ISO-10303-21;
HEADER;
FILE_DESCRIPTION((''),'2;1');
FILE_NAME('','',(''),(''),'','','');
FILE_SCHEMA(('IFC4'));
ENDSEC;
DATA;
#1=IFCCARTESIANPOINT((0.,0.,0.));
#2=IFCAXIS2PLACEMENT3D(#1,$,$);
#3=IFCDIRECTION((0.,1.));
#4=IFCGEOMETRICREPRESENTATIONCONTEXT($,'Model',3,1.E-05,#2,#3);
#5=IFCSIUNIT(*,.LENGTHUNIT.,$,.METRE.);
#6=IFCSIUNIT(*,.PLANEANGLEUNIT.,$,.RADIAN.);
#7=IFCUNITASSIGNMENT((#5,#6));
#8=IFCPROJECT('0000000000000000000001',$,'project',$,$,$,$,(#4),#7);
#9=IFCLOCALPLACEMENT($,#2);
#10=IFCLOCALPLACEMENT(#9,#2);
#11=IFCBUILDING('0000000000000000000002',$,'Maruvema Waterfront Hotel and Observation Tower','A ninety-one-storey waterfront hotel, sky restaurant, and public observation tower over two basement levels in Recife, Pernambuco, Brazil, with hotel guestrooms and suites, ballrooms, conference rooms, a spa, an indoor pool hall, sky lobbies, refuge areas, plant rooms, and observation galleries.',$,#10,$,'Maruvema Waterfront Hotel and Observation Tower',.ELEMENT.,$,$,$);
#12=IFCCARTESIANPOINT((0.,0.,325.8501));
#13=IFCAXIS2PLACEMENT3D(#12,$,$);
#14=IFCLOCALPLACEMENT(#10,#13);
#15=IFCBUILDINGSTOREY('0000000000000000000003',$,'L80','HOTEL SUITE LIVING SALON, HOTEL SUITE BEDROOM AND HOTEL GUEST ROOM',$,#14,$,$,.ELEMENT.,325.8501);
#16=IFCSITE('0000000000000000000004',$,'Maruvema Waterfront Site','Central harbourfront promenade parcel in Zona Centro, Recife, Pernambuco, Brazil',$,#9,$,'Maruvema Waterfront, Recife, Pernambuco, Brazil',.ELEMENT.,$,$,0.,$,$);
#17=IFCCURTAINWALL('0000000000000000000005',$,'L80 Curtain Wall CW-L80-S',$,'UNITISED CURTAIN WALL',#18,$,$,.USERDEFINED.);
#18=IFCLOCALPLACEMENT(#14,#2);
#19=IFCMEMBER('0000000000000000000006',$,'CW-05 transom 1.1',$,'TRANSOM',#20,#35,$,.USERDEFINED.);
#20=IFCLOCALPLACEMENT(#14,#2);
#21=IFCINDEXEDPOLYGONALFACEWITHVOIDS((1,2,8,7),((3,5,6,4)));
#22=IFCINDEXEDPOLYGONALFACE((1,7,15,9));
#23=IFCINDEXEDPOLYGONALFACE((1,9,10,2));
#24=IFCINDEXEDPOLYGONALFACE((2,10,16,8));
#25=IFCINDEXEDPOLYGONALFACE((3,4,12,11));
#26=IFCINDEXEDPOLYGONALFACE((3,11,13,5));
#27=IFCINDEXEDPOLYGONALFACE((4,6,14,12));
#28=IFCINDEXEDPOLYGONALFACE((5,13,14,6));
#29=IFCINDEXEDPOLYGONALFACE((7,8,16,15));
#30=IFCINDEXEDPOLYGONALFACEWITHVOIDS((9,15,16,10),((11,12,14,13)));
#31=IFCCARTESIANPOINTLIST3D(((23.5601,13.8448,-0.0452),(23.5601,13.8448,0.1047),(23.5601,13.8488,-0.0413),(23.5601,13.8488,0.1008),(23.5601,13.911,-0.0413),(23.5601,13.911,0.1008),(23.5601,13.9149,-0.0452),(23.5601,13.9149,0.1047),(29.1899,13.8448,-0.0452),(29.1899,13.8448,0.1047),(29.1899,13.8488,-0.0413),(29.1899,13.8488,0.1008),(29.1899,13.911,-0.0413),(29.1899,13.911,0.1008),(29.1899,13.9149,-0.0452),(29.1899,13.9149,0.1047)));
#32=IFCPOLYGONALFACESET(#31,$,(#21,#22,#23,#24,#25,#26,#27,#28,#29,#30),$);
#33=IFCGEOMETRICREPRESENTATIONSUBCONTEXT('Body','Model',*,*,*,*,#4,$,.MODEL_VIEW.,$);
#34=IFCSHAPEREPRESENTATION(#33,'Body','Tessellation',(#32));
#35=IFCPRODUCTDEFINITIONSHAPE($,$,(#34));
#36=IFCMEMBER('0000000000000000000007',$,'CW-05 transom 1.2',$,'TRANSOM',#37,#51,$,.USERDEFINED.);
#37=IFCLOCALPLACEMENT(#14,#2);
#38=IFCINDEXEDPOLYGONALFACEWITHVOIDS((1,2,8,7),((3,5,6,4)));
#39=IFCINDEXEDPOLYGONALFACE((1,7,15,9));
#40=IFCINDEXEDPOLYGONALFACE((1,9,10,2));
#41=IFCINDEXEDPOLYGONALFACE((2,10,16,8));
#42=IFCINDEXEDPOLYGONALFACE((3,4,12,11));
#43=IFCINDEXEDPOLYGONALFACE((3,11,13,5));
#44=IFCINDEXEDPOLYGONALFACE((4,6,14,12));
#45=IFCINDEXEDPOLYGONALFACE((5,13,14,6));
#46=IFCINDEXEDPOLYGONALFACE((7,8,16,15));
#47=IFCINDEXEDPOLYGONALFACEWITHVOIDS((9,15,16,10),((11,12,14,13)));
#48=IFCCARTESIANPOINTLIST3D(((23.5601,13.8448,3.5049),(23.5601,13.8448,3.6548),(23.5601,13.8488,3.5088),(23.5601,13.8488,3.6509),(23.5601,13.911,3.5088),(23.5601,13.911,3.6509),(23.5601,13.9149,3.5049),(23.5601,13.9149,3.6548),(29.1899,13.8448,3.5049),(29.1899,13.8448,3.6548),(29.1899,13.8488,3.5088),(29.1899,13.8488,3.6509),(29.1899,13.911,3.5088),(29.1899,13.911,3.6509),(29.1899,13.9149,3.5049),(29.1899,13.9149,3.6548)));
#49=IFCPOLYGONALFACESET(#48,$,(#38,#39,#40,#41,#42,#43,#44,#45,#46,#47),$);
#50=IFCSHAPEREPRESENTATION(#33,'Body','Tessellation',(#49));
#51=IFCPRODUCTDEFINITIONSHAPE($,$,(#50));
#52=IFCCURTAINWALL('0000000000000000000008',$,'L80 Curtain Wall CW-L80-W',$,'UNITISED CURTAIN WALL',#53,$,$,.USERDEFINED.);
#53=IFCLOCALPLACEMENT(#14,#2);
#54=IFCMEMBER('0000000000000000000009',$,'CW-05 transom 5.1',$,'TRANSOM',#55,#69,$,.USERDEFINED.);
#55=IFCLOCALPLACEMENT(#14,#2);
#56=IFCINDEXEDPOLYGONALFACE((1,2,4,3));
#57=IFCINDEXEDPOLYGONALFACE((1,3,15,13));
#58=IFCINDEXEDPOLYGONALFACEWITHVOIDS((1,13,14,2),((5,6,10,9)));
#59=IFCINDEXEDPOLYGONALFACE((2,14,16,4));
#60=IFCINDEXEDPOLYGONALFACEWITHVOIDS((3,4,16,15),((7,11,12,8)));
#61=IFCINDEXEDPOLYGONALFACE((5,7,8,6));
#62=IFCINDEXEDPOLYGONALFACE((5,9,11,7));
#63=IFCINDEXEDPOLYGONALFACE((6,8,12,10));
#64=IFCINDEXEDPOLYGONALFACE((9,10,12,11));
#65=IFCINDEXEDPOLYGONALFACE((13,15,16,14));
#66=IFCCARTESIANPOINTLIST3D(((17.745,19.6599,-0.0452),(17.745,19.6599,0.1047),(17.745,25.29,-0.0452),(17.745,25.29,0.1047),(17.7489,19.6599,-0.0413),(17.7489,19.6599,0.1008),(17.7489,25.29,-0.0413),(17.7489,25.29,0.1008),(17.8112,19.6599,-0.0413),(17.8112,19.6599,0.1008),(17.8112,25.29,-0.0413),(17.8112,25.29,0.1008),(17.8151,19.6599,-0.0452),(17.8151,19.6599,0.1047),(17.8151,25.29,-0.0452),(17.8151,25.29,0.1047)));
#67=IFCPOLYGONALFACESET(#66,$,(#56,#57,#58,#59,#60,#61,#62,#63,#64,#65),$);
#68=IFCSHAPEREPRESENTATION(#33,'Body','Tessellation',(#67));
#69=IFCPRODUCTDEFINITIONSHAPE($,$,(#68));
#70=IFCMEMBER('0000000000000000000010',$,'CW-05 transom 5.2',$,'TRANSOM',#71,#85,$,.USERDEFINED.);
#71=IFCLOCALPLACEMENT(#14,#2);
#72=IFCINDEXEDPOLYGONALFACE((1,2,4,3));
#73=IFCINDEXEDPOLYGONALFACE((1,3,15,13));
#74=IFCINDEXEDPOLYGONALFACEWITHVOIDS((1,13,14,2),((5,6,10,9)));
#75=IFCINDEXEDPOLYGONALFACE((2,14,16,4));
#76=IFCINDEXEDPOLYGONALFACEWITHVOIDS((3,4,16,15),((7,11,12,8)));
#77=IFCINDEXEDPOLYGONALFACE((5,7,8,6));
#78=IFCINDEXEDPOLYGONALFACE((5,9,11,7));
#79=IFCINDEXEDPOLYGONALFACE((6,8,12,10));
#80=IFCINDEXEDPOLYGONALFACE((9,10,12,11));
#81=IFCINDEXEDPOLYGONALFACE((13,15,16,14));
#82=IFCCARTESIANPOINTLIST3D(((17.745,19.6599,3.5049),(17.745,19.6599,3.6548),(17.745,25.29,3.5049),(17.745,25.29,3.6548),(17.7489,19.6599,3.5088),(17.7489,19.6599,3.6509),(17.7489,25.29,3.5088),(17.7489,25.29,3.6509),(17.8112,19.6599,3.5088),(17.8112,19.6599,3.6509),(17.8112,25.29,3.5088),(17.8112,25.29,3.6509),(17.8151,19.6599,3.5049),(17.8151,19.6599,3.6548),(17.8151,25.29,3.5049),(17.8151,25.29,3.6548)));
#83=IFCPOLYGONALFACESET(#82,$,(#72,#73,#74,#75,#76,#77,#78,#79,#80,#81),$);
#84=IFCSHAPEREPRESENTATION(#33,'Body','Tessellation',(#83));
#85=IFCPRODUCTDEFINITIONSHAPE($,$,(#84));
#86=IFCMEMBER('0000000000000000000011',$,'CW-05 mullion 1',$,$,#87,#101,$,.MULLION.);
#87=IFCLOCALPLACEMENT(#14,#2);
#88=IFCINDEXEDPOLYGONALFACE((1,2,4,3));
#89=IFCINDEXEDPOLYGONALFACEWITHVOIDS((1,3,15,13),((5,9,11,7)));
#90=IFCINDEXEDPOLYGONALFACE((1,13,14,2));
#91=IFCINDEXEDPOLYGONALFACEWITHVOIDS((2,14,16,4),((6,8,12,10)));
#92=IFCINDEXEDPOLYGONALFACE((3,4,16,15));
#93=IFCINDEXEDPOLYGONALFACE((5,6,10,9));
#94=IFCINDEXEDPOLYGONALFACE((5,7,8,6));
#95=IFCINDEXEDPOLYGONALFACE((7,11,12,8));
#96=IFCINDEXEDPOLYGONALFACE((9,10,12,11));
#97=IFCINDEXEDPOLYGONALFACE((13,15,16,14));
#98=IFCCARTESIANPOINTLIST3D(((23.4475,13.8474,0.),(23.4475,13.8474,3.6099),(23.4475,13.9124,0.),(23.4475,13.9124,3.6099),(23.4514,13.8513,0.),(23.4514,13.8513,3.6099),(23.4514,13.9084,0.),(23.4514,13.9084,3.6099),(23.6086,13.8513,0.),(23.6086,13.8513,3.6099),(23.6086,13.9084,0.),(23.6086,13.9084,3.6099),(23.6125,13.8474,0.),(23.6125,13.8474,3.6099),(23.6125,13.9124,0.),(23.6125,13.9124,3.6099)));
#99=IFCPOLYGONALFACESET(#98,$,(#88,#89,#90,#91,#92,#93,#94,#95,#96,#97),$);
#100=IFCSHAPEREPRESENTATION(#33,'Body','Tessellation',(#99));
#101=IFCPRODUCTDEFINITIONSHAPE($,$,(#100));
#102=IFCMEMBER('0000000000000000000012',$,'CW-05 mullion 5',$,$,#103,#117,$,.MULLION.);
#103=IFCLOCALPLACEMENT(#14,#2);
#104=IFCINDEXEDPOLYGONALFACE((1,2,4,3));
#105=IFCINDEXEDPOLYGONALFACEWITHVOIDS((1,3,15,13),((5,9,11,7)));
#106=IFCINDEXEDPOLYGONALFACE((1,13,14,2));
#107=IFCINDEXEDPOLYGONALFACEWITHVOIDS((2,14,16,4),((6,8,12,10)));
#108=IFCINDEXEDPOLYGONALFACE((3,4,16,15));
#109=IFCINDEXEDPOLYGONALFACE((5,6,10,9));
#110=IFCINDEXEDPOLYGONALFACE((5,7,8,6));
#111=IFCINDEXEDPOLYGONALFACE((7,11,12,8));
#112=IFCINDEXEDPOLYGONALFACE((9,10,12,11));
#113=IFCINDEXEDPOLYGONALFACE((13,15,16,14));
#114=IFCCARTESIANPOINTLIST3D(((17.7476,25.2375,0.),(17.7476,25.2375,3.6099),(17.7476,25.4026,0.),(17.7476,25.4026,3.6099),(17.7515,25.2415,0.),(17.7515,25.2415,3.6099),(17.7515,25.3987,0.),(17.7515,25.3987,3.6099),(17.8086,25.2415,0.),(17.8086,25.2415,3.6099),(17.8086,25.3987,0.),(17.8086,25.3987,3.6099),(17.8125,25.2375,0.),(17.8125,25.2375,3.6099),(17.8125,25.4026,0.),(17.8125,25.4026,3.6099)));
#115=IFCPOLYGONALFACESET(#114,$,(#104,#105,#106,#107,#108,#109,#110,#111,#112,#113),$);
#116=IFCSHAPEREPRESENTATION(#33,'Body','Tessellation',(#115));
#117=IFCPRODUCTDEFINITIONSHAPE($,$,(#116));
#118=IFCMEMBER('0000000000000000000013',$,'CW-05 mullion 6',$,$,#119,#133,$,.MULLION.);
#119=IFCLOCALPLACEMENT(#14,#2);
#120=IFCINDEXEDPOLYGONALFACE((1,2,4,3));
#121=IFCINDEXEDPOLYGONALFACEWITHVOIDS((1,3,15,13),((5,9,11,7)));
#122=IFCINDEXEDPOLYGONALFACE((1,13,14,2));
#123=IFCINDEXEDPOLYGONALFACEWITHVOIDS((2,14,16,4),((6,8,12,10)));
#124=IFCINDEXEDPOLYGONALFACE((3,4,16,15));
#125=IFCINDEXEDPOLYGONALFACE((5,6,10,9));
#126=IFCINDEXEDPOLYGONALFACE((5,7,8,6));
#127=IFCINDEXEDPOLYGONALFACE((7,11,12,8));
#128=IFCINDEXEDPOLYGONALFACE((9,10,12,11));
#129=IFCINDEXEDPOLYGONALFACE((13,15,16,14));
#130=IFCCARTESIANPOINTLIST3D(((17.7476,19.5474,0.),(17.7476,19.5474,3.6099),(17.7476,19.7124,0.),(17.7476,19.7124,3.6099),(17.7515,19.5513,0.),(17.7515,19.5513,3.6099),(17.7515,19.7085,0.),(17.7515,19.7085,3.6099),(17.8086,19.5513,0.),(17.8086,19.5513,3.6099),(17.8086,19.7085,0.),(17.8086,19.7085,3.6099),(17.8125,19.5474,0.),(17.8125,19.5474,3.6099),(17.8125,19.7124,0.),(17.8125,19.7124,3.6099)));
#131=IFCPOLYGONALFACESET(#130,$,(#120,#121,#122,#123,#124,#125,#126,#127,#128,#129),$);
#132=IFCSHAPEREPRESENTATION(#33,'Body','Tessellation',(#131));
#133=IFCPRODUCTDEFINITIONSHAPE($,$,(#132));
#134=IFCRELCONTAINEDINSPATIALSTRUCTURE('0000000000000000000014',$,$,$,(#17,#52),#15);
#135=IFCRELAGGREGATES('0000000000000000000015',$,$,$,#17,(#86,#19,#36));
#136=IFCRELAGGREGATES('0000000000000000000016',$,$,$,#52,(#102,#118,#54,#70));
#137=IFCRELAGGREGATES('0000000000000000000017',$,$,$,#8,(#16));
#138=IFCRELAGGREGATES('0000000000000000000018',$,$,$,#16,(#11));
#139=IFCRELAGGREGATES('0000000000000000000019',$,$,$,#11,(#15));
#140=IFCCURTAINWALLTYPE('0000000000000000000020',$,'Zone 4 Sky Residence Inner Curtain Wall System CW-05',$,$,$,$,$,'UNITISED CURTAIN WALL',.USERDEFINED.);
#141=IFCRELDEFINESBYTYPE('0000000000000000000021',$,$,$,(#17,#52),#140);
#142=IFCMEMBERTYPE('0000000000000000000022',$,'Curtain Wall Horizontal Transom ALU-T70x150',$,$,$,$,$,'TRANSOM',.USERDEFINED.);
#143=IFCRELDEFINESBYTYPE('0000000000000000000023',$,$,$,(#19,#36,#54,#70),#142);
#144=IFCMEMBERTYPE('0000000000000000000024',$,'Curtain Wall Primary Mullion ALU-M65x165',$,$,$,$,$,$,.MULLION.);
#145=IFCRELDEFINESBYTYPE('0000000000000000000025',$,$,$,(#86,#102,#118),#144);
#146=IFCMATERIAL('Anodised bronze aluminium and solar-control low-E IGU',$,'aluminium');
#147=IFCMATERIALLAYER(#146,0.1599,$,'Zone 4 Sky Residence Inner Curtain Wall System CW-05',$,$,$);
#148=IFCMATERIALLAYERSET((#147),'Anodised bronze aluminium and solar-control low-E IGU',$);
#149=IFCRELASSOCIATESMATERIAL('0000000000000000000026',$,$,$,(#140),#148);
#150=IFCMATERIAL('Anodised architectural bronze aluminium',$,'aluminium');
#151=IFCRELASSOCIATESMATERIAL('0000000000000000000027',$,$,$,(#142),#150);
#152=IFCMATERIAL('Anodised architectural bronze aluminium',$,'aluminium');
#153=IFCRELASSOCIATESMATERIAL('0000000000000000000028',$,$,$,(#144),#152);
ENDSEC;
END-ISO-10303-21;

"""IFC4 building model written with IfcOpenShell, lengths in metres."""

from ifc_helpers import new_model, si_unit, direction, frame, origin, origin_2d, place, context, subcontext, project, spatial, hollow_rectangle, extrude, material, layer, layer_set, material_profile, profile_set, type_object, element, aggregate, save


model = new_model("IFC4")

# Units and contexts
model_context = context("Model", 3, precision=1e-05, world=origin(), true_north=direction((0.0, 1.0)))
body_context = subcontext(model_context, "Body", "Model", "MODEL_VIEW")
ifc_project = project(units=[si_unit("LENGTHUNIT", "METRE"), si_unit("PLANEANGLEUNIT", "RADIAN")], contexts=[model_context])

# Site, building, storey
site_placement = place(None, origin())
site = spatial("IfcSite", under=ifc_project, at=site_placement, Name="Maruvema Waterfront Site", Description="Central harbourfront promenade parcel in Zona Centro, Recife, Pernambuco, Brazil", LongName="Maruvema Waterfront, Recife, Pernambuco, Brazil", CompositionType="ELEMENT", RefElevation=0.0)
building_placement = place(site_placement, origin())
building = spatial("IfcBuilding", under=site, at=building_placement, Name="Maruvema Waterfront Hotel and Observation Tower", Description="A ninety-one-storey waterfront hotel, sky restaurant, and public observation tower over two basement levels in Recife, Pernambuco, Brazil, with hotel guestrooms and suites, ballrooms, conference rooms, a spa, an indoor pool hall, sky lobbies, refuge areas, plant rooms, and observation galleries.", LongName="Maruvema Waterfront Hotel and Observation Tower", CompositionType="ELEMENT")
storey_placement = place(building_placement, frame((0.0, 0.0, 325.8501)))
storey = spatial("IfcBuildingStorey", under=building, at=storey_placement, Name="L80", Description="HOTEL SUITE LIVING SALON, HOTEL SUITE BEDROOM AND HOTEL GUEST ROOM", CompositionType="ELEMENT", Elevation=325.8501)

# Curtain walls, members
ifc_material_1 = material(Name="Anodised bronze aluminium and solar-control low-E IGU", Category="aluminium")
ifc_layer_1 = layer(ifc_material_1, 0.1599, Name="Zone 4 Sky Residence Inner Curtain Wall System CW-05")
ifc_layer_set_1 = layer_set([ifc_layer_1], Name="Anodised bronze aluminium and solar-control low-E IGU")
curtain_wall_type = type_object("IfcCurtainWallType", Name="Zone 4 Sky Residence Inner Curtain Wall System CW-05", ElementType="UNITISED CURTAIN WALL", PredefinedType="USERDEFINED", material=ifc_layer_set_1)
curtain_wall_1_placement = place(storey_placement, origin())
curtain_wall_1 = element("IfcCurtainWall", 1, at=curtain_wall_1_placement, inside=storey, type_object=curtain_wall_type, Name="L80 Curtain Wall CW-L80-S", ObjectType="UNITISED CURTAIN WALL", PredefinedType="USERDEFINED")
ifc_material_2 = material(Name="Anodised architectural bronze aluminium", Category="aluminium")
ifc_material_profile_1 = material_profile(ifc_material_2, hollow_rectangle(XDim=0.0701, YDim=0.1499, WallThickness=0.0039, at=origin_2d()), Name="ALU-T70x150")
ifc_profile_set_1 = profile_set([ifc_material_profile_1], Name="Anodised architectural bronze aluminium")
member_type_1 = type_object("IfcMemberType", Name="Curtain Wall Horizontal Transom ALU-T70x150", ElementType="TRANSOM", PredefinedType="USERDEFINED", material=ifc_profile_set_1)
member_1_placement = place(storey_placement, frame((23.5601, 13.8799, 0.0298), z_axis=(1.0, 0.0, 0.0), x_axis=(0.0, 1.0, 0.0)))
member_1 = element("IfcMember", 2, at=member_1_placement, type_object=member_type_1, Name="CW-05 transom 1.1", ObjectType="TRANSOM", PredefinedType="USERDEFINED", context=body_context, shape_type="SweptSolid", body=[
    extrude(hollow_rectangle(XDim=0.0701, YDim=0.1499, WallThickness=0.0039, at=origin_2d()), origin(), (0.0, 0.0, 1.0), 5.6299),
])
member_2_placement = place(storey_placement, frame((23.5601, 13.8799, 3.5798), z_axis=(1.0, 0.0, 0.0), x_axis=(0.0, 1.0, 0.0)))
member_2 = element("IfcMember", 3, at=member_2_placement, type_object=member_type_1, Name="CW-05 transom 1.2", ObjectType="TRANSOM", PredefinedType="USERDEFINED", context=body_context, shape_type="SweptSolid", body=[
    extrude(hollow_rectangle(XDim=0.0701, YDim=0.1499, WallThickness=0.0039, at=origin_2d()), origin(), (0.0, 0.0, 1.0), 5.6299),
])
curtain_wall_2_placement = place(storey_placement, origin())
curtain_wall_2 = element("IfcCurtainWall", 4, at=curtain_wall_2_placement, inside=storey, type_object=curtain_wall_type, Name="L80 Curtain Wall CW-L80-W", ObjectType="UNITISED CURTAIN WALL", PredefinedType="USERDEFINED")
member_3_placement = place(storey_placement, frame((17.78, 25.29, 0.0298), z_axis=(0.0, -1.0, 0.0), x_axis=(1.0, 0.0, 0.0)))
member_3 = element("IfcMember", 5, at=member_3_placement, type_object=member_type_1, Name="CW-05 transom 5.1", ObjectType="TRANSOM", PredefinedType="USERDEFINED", context=body_context, shape_type="SweptSolid", body=[
    extrude(hollow_rectangle(XDim=0.0701, YDim=0.1499, WallThickness=0.0039, at=origin_2d()), origin(), (0.0, 0.0, 1.0), 5.6301),
])
member_4_placement = place(storey_placement, frame((17.78, 25.29, 3.5798), z_axis=(0.0, -1.0, 0.0), x_axis=(1.0, 0.0, 0.0)))
member_4 = element("IfcMember", 6, at=member_4_placement, type_object=member_type_1, Name="CW-05 transom 5.2", ObjectType="TRANSOM", PredefinedType="USERDEFINED", context=body_context, shape_type="SweptSolid", body=[
    extrude(hollow_rectangle(XDim=0.0701, YDim=0.1499, WallThickness=0.0039, at=origin_2d()), origin(), (0.0, 0.0, 1.0), 5.6301),
])

# Members
ifc_material_3 = material(Name="Anodised architectural bronze aluminium", Category="aluminium")
ifc_material_profile_2 = material_profile(ifc_material_3, hollow_rectangle(XDim=0.0649, YDim=0.165, WallThickness=0.0039, at=origin_2d()), Name="ALU-M65x165")
ifc_profile_set_2 = profile_set([ifc_material_profile_2], Name="Anodised architectural bronze aluminium")
member_type_2 = type_object("IfcMemberType", Name="Curtain Wall Primary Mullion ALU-M65x165", PredefinedType="MULLION", material=ifc_profile_set_2)
member_5_placement = place(storey_placement, frame((23.53, 13.8799, 0.0), z_axis=(0.0, 0.0, 1.0), x_axis=(0.0, 1.0, 0.0)))
member_5 = element("IfcMember", 7, at=member_5_placement, type_object=member_type_2, Name="CW-05 mullion 1", PredefinedType="MULLION", context=body_context, shape_type="SweptSolid", body=[
    extrude(hollow_rectangle(XDim=0.0649, YDim=0.165, WallThickness=0.0039, at=origin_2d()), origin(), (0.0, 0.0, 1.0), 3.6099),
])
aggregate(curtain_wall_1, [member_5, member_1, member_2])
member_6_placement = place(storey_placement, frame((17.78, 25.3201, 0.0), z_axis=(0.0, 0.0, 1.0), x_axis=(1.0, 0.0, 0.0)))
member_6 = element("IfcMember", 8, at=member_6_placement, type_object=member_type_2, Name="CW-05 mullion 5", PredefinedType="MULLION", context=body_context, shape_type="SweptSolid", body=[
    extrude(hollow_rectangle(XDim=0.0649, YDim=0.165, WallThickness=0.0039, at=origin_2d()), origin(), (0.0, 0.0, 1.0), 3.6099),
])
member_7_placement = place(storey_placement, frame((17.78, 19.6299, 0.0), z_axis=(0.0, 0.0, 1.0), x_axis=(1.0, 0.0, 0.0)))
member_7 = element("IfcMember", 9, at=member_7_placement, type_object=member_type_2, Name="CW-05 mullion 6", PredefinedType="MULLION", context=body_context, shape_type="SweptSolid", body=[
    extrude(hollow_rectangle(XDim=0.0649, YDim=0.165, WallThickness=0.0039, at=origin_2d()), origin(), (0.0, 0.0, 1.0), 3.6099),
])

aggregate(curtain_wall_2, [member_6, member_7, member_3, member_4])

save(model, "model.ifc")
